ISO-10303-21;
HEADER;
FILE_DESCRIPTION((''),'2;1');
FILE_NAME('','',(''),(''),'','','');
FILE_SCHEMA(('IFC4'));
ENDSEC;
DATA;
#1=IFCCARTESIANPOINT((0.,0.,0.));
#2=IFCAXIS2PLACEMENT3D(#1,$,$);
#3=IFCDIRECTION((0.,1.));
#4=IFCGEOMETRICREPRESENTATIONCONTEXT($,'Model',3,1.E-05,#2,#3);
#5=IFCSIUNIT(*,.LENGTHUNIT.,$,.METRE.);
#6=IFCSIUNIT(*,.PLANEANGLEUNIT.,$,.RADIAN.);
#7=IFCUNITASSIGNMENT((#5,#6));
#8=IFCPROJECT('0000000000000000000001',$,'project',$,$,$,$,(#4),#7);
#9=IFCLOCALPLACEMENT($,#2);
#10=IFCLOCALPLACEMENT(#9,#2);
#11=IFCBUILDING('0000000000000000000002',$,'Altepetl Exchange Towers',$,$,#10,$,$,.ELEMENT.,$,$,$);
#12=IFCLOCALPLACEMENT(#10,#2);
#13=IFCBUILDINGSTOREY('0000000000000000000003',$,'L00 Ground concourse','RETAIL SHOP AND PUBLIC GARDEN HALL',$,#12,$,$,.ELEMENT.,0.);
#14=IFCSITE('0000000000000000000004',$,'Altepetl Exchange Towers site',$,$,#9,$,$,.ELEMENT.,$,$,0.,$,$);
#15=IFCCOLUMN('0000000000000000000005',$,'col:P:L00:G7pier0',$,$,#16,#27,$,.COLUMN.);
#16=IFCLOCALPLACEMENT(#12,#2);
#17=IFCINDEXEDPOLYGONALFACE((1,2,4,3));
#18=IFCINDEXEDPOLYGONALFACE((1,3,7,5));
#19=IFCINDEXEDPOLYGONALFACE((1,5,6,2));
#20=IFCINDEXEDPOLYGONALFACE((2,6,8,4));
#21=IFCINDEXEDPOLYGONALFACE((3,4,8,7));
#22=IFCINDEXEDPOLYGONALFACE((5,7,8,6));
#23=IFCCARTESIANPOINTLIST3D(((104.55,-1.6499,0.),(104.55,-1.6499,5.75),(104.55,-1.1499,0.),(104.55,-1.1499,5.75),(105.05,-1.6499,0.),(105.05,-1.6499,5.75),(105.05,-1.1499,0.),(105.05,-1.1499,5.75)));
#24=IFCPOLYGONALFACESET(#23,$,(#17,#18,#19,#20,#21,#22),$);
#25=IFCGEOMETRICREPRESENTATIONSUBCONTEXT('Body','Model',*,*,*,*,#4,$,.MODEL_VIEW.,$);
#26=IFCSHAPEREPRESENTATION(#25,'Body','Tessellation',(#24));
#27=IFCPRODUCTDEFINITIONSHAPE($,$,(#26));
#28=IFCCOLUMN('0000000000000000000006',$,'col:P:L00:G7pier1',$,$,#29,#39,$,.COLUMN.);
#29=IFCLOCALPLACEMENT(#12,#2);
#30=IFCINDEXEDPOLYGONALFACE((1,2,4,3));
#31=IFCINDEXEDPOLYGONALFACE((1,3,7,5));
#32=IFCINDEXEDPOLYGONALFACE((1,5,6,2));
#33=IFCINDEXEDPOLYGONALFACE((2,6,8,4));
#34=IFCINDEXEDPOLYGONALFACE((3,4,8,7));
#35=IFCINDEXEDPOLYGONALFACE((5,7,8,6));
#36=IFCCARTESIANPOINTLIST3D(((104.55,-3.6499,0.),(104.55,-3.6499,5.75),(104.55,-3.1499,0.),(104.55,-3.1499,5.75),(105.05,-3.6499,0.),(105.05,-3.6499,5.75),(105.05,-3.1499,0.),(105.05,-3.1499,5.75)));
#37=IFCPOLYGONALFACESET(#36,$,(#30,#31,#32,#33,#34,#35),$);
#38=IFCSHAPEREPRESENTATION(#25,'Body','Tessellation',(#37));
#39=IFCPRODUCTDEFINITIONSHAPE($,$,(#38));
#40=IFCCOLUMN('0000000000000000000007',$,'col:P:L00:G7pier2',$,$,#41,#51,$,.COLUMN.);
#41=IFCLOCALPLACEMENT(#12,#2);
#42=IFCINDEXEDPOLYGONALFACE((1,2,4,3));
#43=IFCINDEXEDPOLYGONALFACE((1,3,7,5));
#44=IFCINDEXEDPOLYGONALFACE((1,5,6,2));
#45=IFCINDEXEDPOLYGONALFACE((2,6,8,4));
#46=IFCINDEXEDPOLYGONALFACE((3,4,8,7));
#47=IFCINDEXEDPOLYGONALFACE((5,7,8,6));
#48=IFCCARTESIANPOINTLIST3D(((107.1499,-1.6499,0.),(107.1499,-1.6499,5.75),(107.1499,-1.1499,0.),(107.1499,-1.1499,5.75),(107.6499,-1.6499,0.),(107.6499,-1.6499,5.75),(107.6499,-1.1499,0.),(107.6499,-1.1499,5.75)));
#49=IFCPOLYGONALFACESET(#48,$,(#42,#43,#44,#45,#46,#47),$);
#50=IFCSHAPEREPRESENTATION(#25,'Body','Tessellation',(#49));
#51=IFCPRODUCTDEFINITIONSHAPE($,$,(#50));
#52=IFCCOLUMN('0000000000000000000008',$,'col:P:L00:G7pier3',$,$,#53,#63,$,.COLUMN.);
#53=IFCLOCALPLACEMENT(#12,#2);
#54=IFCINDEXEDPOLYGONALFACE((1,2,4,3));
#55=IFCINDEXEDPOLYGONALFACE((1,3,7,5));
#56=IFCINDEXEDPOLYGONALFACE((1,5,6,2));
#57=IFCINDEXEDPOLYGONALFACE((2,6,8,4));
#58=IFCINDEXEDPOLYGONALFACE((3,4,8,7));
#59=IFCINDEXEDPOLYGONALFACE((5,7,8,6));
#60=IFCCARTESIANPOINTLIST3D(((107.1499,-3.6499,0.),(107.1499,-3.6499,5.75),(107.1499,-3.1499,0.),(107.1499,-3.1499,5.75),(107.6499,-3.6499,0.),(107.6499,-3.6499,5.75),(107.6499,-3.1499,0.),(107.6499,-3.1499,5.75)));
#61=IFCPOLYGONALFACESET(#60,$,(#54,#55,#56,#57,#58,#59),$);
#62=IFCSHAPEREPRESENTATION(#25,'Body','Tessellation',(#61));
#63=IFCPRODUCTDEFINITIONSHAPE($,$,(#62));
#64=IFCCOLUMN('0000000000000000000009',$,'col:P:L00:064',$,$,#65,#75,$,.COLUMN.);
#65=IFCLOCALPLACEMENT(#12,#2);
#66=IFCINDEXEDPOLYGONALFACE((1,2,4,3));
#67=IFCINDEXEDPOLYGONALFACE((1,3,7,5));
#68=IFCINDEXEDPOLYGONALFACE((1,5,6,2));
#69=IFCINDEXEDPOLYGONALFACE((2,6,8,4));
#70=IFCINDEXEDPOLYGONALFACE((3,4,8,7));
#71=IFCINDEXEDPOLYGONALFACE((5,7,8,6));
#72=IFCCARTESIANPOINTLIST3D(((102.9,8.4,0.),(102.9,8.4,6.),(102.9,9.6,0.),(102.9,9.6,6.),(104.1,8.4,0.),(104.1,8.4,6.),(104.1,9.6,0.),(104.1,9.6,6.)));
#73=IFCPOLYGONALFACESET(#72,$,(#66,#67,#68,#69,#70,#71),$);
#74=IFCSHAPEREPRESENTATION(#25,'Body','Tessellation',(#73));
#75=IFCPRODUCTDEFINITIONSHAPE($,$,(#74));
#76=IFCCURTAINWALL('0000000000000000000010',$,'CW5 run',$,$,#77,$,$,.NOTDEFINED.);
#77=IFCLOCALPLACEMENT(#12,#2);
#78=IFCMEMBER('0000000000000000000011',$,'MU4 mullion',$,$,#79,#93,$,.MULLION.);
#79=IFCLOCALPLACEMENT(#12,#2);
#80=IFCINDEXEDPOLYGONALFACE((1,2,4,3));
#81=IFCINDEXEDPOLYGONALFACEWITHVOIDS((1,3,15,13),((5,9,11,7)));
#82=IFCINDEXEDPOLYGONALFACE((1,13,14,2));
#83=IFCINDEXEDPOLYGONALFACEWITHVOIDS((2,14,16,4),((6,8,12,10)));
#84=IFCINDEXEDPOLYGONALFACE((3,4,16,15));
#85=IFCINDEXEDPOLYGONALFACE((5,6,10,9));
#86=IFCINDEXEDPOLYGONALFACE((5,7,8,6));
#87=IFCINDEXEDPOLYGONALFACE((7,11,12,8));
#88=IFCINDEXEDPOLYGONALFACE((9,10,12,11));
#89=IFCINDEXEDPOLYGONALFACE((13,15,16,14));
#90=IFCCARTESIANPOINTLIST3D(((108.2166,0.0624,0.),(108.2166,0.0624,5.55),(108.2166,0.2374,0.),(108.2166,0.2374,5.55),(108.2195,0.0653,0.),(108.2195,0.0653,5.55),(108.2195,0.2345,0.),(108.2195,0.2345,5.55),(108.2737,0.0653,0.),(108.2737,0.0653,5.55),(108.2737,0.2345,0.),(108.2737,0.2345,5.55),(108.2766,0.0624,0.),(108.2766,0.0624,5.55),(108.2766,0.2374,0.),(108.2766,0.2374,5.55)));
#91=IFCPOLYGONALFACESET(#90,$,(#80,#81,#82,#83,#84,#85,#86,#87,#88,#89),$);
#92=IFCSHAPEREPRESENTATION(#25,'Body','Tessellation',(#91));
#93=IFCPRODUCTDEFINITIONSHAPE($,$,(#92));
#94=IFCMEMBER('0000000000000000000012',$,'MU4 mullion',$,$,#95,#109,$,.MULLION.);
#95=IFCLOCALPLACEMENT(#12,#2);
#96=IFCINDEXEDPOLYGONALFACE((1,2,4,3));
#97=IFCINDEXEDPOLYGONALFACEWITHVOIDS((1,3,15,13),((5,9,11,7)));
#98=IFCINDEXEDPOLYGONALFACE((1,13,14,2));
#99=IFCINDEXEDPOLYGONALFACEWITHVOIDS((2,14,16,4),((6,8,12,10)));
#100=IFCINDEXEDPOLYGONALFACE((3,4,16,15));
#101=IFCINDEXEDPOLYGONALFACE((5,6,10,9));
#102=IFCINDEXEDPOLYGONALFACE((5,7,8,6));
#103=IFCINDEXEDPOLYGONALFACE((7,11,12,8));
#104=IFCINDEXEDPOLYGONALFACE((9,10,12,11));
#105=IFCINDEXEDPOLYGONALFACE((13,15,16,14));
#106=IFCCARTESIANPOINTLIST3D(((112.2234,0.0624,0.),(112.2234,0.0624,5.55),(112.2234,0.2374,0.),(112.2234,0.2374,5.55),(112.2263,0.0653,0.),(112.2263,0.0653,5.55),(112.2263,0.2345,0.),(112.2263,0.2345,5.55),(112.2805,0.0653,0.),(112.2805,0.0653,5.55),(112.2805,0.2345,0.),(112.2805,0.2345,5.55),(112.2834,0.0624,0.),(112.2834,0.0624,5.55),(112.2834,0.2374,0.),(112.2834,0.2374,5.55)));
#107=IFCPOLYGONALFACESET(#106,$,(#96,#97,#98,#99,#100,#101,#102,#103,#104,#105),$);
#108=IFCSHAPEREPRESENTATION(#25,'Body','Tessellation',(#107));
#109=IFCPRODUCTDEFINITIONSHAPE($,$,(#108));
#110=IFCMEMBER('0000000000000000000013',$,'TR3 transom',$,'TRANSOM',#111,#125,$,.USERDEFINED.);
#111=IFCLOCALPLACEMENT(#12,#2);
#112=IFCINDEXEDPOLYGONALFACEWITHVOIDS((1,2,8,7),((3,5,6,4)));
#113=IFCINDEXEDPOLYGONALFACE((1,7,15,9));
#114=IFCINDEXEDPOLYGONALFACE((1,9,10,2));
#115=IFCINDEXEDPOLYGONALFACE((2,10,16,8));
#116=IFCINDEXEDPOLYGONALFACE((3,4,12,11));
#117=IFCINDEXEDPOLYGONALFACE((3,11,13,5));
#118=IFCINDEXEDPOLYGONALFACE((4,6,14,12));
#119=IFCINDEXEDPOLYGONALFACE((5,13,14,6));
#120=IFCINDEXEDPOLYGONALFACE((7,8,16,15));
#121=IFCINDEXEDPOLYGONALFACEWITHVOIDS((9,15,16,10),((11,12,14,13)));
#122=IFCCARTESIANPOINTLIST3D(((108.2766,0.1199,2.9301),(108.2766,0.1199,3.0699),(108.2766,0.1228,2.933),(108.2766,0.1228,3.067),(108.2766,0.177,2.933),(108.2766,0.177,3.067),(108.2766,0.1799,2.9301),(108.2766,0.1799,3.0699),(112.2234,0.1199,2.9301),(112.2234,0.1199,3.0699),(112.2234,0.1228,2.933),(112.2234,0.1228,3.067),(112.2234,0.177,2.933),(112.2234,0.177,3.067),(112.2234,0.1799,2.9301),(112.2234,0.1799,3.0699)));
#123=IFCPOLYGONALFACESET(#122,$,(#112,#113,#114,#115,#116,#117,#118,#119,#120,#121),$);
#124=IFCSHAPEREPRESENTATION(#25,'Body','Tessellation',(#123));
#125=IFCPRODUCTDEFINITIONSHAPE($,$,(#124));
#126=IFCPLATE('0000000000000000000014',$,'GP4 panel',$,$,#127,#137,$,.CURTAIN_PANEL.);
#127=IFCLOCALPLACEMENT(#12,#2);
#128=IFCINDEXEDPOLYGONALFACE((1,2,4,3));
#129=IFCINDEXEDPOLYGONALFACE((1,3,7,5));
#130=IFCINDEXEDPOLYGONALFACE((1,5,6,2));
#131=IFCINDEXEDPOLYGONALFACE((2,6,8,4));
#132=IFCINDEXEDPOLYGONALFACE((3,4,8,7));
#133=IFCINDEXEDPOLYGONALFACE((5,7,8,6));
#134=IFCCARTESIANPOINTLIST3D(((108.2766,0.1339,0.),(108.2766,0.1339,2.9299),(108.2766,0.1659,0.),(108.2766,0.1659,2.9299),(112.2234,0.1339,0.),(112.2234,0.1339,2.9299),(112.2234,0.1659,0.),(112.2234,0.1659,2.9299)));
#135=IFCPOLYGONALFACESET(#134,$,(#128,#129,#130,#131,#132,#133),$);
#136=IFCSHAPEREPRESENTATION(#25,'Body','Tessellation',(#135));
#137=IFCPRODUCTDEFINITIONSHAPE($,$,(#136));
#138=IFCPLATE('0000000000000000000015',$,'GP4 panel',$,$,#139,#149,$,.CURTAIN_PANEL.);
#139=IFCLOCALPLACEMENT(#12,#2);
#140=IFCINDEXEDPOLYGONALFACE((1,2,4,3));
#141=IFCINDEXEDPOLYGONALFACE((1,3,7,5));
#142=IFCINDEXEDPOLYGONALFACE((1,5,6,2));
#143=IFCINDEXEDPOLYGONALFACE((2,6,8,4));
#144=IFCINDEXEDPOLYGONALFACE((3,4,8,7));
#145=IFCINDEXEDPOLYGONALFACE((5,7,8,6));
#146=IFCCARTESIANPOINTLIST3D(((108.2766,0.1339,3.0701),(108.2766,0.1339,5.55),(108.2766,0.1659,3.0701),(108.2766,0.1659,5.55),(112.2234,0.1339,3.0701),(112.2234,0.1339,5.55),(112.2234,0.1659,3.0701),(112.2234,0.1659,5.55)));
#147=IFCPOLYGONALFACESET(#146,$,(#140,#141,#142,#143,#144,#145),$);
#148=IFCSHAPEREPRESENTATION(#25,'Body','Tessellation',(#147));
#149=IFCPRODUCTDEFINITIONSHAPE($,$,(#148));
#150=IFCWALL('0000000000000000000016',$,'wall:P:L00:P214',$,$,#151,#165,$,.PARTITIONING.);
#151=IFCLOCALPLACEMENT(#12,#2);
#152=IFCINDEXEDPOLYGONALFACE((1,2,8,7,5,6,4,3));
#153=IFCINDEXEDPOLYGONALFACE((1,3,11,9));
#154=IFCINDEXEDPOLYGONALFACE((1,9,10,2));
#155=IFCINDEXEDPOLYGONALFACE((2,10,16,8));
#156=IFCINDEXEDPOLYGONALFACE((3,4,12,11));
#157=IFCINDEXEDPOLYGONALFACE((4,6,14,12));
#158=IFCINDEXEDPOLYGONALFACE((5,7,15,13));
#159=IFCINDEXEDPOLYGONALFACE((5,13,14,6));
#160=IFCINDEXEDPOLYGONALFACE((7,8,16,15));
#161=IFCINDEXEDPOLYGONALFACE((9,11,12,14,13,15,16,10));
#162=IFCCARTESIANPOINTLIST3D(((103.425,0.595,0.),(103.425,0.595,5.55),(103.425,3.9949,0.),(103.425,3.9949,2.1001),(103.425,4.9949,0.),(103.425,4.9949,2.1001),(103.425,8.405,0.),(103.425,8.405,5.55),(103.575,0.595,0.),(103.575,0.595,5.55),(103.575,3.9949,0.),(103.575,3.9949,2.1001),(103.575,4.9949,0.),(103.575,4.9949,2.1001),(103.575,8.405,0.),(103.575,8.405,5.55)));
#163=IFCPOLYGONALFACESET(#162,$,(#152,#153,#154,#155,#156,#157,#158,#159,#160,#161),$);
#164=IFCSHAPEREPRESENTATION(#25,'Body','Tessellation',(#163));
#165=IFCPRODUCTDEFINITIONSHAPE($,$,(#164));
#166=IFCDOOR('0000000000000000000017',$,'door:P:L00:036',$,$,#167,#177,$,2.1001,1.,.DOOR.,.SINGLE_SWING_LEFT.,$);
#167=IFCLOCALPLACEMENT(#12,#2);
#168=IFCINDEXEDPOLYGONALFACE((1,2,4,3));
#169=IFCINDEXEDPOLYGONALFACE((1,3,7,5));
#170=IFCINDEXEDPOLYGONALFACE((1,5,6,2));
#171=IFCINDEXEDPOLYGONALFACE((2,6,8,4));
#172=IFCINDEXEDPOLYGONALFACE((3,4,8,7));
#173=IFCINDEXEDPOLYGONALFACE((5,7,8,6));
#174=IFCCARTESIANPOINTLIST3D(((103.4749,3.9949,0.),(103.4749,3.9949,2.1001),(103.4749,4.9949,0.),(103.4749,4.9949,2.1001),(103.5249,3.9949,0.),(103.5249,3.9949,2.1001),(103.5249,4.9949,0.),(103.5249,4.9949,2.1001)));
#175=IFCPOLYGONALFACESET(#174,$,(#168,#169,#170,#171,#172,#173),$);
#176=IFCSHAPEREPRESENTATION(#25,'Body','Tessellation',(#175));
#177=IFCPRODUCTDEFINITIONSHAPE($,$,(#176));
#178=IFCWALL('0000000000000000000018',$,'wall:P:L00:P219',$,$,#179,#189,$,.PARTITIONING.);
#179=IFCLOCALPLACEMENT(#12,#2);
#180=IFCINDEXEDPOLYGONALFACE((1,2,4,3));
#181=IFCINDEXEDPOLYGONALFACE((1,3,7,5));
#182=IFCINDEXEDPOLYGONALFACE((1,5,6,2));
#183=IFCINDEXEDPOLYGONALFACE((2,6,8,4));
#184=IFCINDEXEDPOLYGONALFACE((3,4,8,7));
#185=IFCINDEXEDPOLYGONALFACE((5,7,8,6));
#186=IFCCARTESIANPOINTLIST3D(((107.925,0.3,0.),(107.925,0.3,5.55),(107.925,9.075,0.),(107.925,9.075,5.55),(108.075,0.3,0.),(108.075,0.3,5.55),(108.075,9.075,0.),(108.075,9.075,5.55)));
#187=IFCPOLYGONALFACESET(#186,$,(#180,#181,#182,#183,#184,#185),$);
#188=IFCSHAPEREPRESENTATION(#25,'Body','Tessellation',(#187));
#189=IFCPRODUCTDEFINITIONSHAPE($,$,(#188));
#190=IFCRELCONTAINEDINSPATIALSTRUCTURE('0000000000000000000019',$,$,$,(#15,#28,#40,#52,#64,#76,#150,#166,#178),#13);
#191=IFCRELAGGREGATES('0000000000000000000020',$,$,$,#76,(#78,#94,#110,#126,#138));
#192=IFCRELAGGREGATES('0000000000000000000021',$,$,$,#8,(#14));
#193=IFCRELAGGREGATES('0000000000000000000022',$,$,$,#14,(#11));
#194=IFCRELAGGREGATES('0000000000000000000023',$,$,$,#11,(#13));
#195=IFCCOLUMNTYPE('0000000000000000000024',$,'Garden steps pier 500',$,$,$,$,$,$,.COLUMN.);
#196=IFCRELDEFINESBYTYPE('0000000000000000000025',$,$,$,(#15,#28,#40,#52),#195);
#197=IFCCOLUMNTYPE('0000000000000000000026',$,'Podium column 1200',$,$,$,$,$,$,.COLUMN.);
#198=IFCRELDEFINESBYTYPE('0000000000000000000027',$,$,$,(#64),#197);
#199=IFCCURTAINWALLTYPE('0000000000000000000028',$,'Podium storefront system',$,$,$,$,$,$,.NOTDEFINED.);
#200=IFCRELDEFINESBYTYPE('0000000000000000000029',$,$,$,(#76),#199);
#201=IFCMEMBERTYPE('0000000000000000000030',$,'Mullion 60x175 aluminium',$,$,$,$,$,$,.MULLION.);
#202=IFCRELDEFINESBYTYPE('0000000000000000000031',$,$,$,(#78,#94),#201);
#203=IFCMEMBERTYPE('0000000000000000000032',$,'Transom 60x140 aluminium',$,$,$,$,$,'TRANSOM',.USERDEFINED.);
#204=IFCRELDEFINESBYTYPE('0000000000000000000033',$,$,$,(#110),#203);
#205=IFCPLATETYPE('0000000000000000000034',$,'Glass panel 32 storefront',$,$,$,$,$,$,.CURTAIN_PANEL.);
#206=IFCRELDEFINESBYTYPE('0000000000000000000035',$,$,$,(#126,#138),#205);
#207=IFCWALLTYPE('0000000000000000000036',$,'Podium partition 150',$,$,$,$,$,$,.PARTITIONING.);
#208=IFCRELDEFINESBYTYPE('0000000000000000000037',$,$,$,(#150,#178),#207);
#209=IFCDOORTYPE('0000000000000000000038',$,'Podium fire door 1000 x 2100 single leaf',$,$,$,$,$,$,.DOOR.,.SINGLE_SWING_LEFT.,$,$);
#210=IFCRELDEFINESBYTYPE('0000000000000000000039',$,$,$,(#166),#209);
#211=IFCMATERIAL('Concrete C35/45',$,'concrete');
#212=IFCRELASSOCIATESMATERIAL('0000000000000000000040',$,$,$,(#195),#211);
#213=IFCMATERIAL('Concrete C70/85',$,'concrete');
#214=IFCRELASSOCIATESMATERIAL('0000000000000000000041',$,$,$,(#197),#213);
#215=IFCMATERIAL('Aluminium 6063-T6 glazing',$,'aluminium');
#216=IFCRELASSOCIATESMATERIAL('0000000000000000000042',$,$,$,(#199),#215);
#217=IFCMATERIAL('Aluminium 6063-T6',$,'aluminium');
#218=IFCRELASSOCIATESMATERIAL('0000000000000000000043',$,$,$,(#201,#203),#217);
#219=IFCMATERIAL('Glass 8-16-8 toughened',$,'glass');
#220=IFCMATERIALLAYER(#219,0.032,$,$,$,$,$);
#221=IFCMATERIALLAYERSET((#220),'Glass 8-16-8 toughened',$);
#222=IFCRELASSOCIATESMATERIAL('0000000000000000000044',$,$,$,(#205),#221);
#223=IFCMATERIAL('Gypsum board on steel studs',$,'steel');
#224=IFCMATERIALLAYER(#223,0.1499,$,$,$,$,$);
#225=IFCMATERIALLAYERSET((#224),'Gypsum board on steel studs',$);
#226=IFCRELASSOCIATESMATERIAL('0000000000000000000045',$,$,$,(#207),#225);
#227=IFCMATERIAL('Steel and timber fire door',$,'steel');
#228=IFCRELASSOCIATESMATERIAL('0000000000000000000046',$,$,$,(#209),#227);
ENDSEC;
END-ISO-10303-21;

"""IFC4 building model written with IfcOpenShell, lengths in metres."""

from ifc_helpers import new_model, si_unit, direction, frame, frame_2d, origin, origin_2d, place, context, subcontext, project, spatial, rectangle, hollow_rectangle, extrude, material, layer, layer_set, material_profile, profile_set, type_object, element, fill, aggregate, save


model = new_model("IFC4")

# Units and contexts
model_context = context("Model", 3, precision=1e-05, world=origin(), true_north=direction((0.0, 1.0)))
body_context = subcontext(model_context, "Body", "Model", "MODEL_VIEW")
ifc_project = project(units=[si_unit("LENGTHUNIT", "METRE"), si_unit("PLANEANGLEUNIT", "RADIAN")], contexts=[model_context])

# Site, building, storey
site_placement = place(None, origin())
site = spatial("IfcSite", under=ifc_project, at=site_placement, Name="Altepetl Exchange Towers site", CompositionType="ELEMENT", RefElevation=0.0)
building_placement = place(site_placement, origin())
building = spatial("IfcBuilding", under=site, at=building_placement, Name="Altepetl Exchange Towers", CompositionType="ELEMENT")
storey_placement = place(building_placement, origin())
storey = spatial("IfcBuildingStorey", under=building, at=storey_placement, Name="L00 Ground concourse", Description="RETAIL SHOP AND PUBLIC GARDEN HALL", CompositionType="ELEMENT", Elevation=0.0)

# Columns
ifc_material_1 = material(Name="Concrete C35/45", Category="concrete")
ifc_material_profile_1 = material_profile(ifc_material_1, rectangle(XDim=0.5, YDim=0.5, at=origin_2d()), Name="500 x 500")
ifc_profile_set_1 = profile_set([ifc_material_profile_1], Name="Concrete C35/45")
column_type_1 = type_object("IfcColumnType", Name="Garden steps pier 500", PredefinedType="COLUMN", material=ifc_profile_set_1)
for number, where, name in (
    (1, (104.8, -1.3999, 0.0), "col:P:L00:G7pier0"),
    (2, (104.8, -3.3999, 0.0), "col:P:L00:G7pier1"),
    (3, (107.3999, -1.3999, 0.0), "col:P:L00:G7pier2"),
    (4, (107.3999, -3.3999, 0.0), "col:P:L00:G7pier3"),
):
    element("IfcColumn", number, at=place(storey_placement, frame(where)), inside=storey, type_object=column_type_1, Name=name, PredefinedType="COLUMN", context=body_context, shape_type="SweptSolid", body=[
        extrude(rectangle(XDim=0.5, YDim=0.5, at=origin_2d()), origin(), (0.0, 0.0, 1.0), 5.75),
    ])
ifc_material_2 = material(Name="Concrete C70/85", Category="concrete")
ifc_material_profile_2 = material_profile(ifc_material_2, rectangle(XDim=1.2, YDim=1.2, at=origin_2d()), Name="1200 x 1200")
ifc_profile_set_2 = profile_set([ifc_material_profile_2], Name="Concrete C70/85")
column_type_2 = type_object("IfcColumnType", Name="Podium column 1200", PredefinedType="COLUMN", material=ifc_profile_set_2)
column_placement = place(storey_placement, frame((103.5, 9.0, 0.0)))
element("IfcColumn", 5, at=column_placement, inside=storey, type_object=column_type_2, Name="col:P:L00:064", PredefinedType="COLUMN", context=body_context, shape_type="SweptSolid", body=[
    extrude(rectangle(XDim=1.2, YDim=1.2, at=origin_2d()), origin(), (0.0, 0.0, 1.0), 6.0),
])

# Curtain wall, members, plates
ifc_material_3 = material(Name="Aluminium 6063-T6 glazing", Category="aluminium")
curtain_wall_type = type_object("IfcCurtainWallType", Name="Podium storefront system", PredefinedType="NOTDEFINED", material=ifc_material_3)
curtain_wall_placement = place(storey_placement, origin())
curtain_wall = element("IfcCurtainWall", 6, at=curtain_wall_placement, inside=storey, type_object=curtain_wall_type, Name="CW5 run", PredefinedType="NOTDEFINED")
ifc_material_4 = material(Name="Aluminium 6063-T6", Category="aluminium")
ifc_material_profile_3 = material_profile(ifc_material_4, hollow_rectangle(XDim=0.0601, YDim=0.175, WallThickness=0.0029, at=origin_2d()), Name="Mullion 60x175 aluminium")
ifc_profile_set_3 = profile_set([ifc_material_profile_3], Name="Aluminium 6063-T6")
member_type_1 = type_object("IfcMemberType", Name="Mullion 60x175 aluminium", PredefinedType="MULLION", material=ifc_profile_set_3)
member_1_placement = place(storey_placement, frame((108.2466, 0.1499, 0.0)))
member_1 = element("IfcMember", 7, at=member_1_placement, type_object=member_type_1, Name="MU4 mullion", PredefinedType="MULLION", context=body_context, shape_type="SweptSolid", body=[
    extrude(hollow_rectangle(XDim=0.0601, YDim=0.175, WallThickness=0.0029, at=origin_2d()), origin(), (0.0, 0.0, 1.0), 5.55),
])
member_2_placement = place(storey_placement, frame((112.2534, 0.1499, 0.0)))
member_2 = element("IfcMember", 8, at=member_2_placement, type_object=member_type_1, Name="MU4 mullion", PredefinedType="MULLION", context=body_context, shape_type="SweptSolid", body=[
    extrude(hollow_rectangle(XDim=0.0601, YDim=0.175, WallThickness=0.0029, at=origin_2d()), origin(), (0.0, 0.0, 1.0), 5.55),
])
ifc_material_profile_4 = material_profile(ifc_material_4, hollow_rectangle(XDim=0.0601, YDim=0.1399, WallThickness=0.0029, at=origin_2d()), Name="Transom 60x140 aluminium")
ifc_profile_set_4 = profile_set([ifc_material_profile_4], Name="Aluminium 6063-T6")
member_type_2 = type_object("IfcMemberType", Name="Transom 60x140 aluminium", ElementType="TRANSOM", PredefinedType="USERDEFINED", material=ifc_profile_set_4)
member_3_placement = place(storey_placement, frame((108.2766, 0.1499, 3.0), z_axis=(1.0, 0.0, 0.0), x_axis=(0.0, 1.0, 0.0)))
member_3 = element("IfcMember", 9, at=member_3_placement, type_object=member_type_2, Name="TR3 transom", ObjectType="TRANSOM", PredefinedType="USERDEFINED", context=body_context, shape_type="SweptSolid", body=[
    extrude(hollow_rectangle(XDim=0.0601, YDim=0.1399, WallThickness=0.0029, at=origin_2d()), origin(), (0.0, 0.0, 1.0), 3.9468),
])
ifc_material_5 = material(Name="Glass 8-16-8 toughened", Category="glass")
ifc_layer_1 = layer(ifc_material_5, 0.032)
ifc_layer_set_1 = layer_set([ifc_layer_1], Name="Glass 8-16-8 toughened")
plate_type = type_object("IfcPlateType", Name="Glass panel 32 storefront", PredefinedType="CURTAIN_PANEL", material=ifc_layer_set_1)
plate_1_placement = place(storey_placement, frame((110.25, 0.1499, 0.0)))
plate_1 = element("IfcPlate", 10, at=plate_1_placement, type_object=plate_type, Name="GP4 panel", PredefinedType="CURTAIN_PANEL", context=body_context, shape_type="SweptSolid", body=[
    extrude(rectangle(XDim=3.9468, YDim=0.032, at=origin_2d()), origin(), (0.0, 0.0, 1.0), 2.9299),
])
plate_2_placement = place(storey_placement, frame((110.25, 0.1499, 3.0701)))
plate_2 = element("IfcPlate", 11, at=plate_2_placement, type_object=plate_type, Name="GP4 panel", PredefinedType="CURTAIN_PANEL", context=body_context, shape_type="SweptSolid", body=[
    extrude(rectangle(XDim=3.9468, YDim=0.032, at=origin_2d()), origin(), (0.0, 0.0, 1.0), 2.48),
])
aggregate(curtain_wall, [member_1, member_2, member_3, plate_1, plate_2])

# Wall, opening, door
ifc_material_6 = material(Name="Gypsum board on steel studs", Category="steel")
ifc_layer_2 = layer(ifc_material_6, 0.1499)
ifc_layer_set_2 = layer_set([ifc_layer_2], Name="Gypsum board on steel studs")
wall_type_1 = type_object("IfcWallType", Name="Podium partition 150", PredefinedType="PARTITIONING", material=ifc_layer_set_2)
wall_1_placement = place(storey_placement, frame((103.5, 0.595, 0.0), z_axis=(0.0, 0.0, 1.0), x_axis=(0.0, 1.0, 0.0)))
wall_1 = element("IfcWall", 12, at=wall_1_placement, inside=storey, type_object=wall_type_1, Name="wall:P:L00:P214", PredefinedType="PARTITIONING", context=body_context, shape_type="SweptSolid", body=[
    extrude(rectangle(XDim=7.8101, YDim=0.1499, at=frame_2d((3.905, 0.0))), origin(), (0.0, 0.0, 1.0), 5.55),
])
opening_1_placement = place(wall_1_placement, frame((3.3999, 0.0, 0.0)))
opening_1 = element("IfcOpeningElement", 13, at=opening_1_placement, cuts=wall_1, PredefinedType="OPENING", context=body_context, shape_type="SweptSolid", body=[
    extrude(rectangle(XDim=1.0, YDim=2.1001, at=frame_2d((0.5, 1.05))), frame((0.0, 0.085, 0.0), z_axis=(0.0, -1.0, 0.0), x_axis=(1.0, 0.0, 0.0)), (0.0, 0.0, 1.0), 0.1699),
])
ifc_material_7 = material(Name="Steel and timber fire door", Category="steel")
door_type = type_object("IfcDoorType", Name="Podium fire door 1000 x 2100 single leaf", OperationType="SINGLE_SWING_LEFT", PredefinedType="DOOR", material=ifc_material_7)
door_1_placement = place(opening_1_placement, frame((1.0, 0.0, 0.0), x_axis=(-1.0, 0.0, 0.0)))
door_1 = element("IfcDoor", 14, at=door_1_placement, inside=storey, type_object=door_type, Name="door:P:L00:036", OperationType="SINGLE_SWING_LEFT", OverallHeight=2.1001, OverallWidth=1.0, PredefinedType="DOOR", context=body_context, shape_type="SweptSolid", body=[
    extrude(rectangle(XDim=1.0, YDim=2.1001, at=frame_2d((0.5, 1.05))), frame((0.0, 0.0249, 0.0), z_axis=(0.0, -1.0, 0.0), x_axis=(1.0, 0.0, 0.0)), (0.0, 0.0, 1.0), 0.05),
])
fill(opening_1, door_1)

# Wall
wall_2_placement = place(storey_placement, frame((108.0, 0.3, 0.0), z_axis=(0.0, 0.0, 1.0), x_axis=(0.0, 1.0, 0.0)))
element("IfcWall", 15, at=wall_2_placement, inside=storey, type_object=wall_type_1, Name="wall:P:L00:P219", PredefinedType="PARTITIONING", context=body_context, shape_type="SweptSolid", body=[
    extrude(rectangle(XDim=8.7749, YDim=0.1499, at=frame_2d((4.3875, 0.0))), origin(), (0.0, 0.0, 1.0), 5.55),
])

save(model, "model.ifc")
